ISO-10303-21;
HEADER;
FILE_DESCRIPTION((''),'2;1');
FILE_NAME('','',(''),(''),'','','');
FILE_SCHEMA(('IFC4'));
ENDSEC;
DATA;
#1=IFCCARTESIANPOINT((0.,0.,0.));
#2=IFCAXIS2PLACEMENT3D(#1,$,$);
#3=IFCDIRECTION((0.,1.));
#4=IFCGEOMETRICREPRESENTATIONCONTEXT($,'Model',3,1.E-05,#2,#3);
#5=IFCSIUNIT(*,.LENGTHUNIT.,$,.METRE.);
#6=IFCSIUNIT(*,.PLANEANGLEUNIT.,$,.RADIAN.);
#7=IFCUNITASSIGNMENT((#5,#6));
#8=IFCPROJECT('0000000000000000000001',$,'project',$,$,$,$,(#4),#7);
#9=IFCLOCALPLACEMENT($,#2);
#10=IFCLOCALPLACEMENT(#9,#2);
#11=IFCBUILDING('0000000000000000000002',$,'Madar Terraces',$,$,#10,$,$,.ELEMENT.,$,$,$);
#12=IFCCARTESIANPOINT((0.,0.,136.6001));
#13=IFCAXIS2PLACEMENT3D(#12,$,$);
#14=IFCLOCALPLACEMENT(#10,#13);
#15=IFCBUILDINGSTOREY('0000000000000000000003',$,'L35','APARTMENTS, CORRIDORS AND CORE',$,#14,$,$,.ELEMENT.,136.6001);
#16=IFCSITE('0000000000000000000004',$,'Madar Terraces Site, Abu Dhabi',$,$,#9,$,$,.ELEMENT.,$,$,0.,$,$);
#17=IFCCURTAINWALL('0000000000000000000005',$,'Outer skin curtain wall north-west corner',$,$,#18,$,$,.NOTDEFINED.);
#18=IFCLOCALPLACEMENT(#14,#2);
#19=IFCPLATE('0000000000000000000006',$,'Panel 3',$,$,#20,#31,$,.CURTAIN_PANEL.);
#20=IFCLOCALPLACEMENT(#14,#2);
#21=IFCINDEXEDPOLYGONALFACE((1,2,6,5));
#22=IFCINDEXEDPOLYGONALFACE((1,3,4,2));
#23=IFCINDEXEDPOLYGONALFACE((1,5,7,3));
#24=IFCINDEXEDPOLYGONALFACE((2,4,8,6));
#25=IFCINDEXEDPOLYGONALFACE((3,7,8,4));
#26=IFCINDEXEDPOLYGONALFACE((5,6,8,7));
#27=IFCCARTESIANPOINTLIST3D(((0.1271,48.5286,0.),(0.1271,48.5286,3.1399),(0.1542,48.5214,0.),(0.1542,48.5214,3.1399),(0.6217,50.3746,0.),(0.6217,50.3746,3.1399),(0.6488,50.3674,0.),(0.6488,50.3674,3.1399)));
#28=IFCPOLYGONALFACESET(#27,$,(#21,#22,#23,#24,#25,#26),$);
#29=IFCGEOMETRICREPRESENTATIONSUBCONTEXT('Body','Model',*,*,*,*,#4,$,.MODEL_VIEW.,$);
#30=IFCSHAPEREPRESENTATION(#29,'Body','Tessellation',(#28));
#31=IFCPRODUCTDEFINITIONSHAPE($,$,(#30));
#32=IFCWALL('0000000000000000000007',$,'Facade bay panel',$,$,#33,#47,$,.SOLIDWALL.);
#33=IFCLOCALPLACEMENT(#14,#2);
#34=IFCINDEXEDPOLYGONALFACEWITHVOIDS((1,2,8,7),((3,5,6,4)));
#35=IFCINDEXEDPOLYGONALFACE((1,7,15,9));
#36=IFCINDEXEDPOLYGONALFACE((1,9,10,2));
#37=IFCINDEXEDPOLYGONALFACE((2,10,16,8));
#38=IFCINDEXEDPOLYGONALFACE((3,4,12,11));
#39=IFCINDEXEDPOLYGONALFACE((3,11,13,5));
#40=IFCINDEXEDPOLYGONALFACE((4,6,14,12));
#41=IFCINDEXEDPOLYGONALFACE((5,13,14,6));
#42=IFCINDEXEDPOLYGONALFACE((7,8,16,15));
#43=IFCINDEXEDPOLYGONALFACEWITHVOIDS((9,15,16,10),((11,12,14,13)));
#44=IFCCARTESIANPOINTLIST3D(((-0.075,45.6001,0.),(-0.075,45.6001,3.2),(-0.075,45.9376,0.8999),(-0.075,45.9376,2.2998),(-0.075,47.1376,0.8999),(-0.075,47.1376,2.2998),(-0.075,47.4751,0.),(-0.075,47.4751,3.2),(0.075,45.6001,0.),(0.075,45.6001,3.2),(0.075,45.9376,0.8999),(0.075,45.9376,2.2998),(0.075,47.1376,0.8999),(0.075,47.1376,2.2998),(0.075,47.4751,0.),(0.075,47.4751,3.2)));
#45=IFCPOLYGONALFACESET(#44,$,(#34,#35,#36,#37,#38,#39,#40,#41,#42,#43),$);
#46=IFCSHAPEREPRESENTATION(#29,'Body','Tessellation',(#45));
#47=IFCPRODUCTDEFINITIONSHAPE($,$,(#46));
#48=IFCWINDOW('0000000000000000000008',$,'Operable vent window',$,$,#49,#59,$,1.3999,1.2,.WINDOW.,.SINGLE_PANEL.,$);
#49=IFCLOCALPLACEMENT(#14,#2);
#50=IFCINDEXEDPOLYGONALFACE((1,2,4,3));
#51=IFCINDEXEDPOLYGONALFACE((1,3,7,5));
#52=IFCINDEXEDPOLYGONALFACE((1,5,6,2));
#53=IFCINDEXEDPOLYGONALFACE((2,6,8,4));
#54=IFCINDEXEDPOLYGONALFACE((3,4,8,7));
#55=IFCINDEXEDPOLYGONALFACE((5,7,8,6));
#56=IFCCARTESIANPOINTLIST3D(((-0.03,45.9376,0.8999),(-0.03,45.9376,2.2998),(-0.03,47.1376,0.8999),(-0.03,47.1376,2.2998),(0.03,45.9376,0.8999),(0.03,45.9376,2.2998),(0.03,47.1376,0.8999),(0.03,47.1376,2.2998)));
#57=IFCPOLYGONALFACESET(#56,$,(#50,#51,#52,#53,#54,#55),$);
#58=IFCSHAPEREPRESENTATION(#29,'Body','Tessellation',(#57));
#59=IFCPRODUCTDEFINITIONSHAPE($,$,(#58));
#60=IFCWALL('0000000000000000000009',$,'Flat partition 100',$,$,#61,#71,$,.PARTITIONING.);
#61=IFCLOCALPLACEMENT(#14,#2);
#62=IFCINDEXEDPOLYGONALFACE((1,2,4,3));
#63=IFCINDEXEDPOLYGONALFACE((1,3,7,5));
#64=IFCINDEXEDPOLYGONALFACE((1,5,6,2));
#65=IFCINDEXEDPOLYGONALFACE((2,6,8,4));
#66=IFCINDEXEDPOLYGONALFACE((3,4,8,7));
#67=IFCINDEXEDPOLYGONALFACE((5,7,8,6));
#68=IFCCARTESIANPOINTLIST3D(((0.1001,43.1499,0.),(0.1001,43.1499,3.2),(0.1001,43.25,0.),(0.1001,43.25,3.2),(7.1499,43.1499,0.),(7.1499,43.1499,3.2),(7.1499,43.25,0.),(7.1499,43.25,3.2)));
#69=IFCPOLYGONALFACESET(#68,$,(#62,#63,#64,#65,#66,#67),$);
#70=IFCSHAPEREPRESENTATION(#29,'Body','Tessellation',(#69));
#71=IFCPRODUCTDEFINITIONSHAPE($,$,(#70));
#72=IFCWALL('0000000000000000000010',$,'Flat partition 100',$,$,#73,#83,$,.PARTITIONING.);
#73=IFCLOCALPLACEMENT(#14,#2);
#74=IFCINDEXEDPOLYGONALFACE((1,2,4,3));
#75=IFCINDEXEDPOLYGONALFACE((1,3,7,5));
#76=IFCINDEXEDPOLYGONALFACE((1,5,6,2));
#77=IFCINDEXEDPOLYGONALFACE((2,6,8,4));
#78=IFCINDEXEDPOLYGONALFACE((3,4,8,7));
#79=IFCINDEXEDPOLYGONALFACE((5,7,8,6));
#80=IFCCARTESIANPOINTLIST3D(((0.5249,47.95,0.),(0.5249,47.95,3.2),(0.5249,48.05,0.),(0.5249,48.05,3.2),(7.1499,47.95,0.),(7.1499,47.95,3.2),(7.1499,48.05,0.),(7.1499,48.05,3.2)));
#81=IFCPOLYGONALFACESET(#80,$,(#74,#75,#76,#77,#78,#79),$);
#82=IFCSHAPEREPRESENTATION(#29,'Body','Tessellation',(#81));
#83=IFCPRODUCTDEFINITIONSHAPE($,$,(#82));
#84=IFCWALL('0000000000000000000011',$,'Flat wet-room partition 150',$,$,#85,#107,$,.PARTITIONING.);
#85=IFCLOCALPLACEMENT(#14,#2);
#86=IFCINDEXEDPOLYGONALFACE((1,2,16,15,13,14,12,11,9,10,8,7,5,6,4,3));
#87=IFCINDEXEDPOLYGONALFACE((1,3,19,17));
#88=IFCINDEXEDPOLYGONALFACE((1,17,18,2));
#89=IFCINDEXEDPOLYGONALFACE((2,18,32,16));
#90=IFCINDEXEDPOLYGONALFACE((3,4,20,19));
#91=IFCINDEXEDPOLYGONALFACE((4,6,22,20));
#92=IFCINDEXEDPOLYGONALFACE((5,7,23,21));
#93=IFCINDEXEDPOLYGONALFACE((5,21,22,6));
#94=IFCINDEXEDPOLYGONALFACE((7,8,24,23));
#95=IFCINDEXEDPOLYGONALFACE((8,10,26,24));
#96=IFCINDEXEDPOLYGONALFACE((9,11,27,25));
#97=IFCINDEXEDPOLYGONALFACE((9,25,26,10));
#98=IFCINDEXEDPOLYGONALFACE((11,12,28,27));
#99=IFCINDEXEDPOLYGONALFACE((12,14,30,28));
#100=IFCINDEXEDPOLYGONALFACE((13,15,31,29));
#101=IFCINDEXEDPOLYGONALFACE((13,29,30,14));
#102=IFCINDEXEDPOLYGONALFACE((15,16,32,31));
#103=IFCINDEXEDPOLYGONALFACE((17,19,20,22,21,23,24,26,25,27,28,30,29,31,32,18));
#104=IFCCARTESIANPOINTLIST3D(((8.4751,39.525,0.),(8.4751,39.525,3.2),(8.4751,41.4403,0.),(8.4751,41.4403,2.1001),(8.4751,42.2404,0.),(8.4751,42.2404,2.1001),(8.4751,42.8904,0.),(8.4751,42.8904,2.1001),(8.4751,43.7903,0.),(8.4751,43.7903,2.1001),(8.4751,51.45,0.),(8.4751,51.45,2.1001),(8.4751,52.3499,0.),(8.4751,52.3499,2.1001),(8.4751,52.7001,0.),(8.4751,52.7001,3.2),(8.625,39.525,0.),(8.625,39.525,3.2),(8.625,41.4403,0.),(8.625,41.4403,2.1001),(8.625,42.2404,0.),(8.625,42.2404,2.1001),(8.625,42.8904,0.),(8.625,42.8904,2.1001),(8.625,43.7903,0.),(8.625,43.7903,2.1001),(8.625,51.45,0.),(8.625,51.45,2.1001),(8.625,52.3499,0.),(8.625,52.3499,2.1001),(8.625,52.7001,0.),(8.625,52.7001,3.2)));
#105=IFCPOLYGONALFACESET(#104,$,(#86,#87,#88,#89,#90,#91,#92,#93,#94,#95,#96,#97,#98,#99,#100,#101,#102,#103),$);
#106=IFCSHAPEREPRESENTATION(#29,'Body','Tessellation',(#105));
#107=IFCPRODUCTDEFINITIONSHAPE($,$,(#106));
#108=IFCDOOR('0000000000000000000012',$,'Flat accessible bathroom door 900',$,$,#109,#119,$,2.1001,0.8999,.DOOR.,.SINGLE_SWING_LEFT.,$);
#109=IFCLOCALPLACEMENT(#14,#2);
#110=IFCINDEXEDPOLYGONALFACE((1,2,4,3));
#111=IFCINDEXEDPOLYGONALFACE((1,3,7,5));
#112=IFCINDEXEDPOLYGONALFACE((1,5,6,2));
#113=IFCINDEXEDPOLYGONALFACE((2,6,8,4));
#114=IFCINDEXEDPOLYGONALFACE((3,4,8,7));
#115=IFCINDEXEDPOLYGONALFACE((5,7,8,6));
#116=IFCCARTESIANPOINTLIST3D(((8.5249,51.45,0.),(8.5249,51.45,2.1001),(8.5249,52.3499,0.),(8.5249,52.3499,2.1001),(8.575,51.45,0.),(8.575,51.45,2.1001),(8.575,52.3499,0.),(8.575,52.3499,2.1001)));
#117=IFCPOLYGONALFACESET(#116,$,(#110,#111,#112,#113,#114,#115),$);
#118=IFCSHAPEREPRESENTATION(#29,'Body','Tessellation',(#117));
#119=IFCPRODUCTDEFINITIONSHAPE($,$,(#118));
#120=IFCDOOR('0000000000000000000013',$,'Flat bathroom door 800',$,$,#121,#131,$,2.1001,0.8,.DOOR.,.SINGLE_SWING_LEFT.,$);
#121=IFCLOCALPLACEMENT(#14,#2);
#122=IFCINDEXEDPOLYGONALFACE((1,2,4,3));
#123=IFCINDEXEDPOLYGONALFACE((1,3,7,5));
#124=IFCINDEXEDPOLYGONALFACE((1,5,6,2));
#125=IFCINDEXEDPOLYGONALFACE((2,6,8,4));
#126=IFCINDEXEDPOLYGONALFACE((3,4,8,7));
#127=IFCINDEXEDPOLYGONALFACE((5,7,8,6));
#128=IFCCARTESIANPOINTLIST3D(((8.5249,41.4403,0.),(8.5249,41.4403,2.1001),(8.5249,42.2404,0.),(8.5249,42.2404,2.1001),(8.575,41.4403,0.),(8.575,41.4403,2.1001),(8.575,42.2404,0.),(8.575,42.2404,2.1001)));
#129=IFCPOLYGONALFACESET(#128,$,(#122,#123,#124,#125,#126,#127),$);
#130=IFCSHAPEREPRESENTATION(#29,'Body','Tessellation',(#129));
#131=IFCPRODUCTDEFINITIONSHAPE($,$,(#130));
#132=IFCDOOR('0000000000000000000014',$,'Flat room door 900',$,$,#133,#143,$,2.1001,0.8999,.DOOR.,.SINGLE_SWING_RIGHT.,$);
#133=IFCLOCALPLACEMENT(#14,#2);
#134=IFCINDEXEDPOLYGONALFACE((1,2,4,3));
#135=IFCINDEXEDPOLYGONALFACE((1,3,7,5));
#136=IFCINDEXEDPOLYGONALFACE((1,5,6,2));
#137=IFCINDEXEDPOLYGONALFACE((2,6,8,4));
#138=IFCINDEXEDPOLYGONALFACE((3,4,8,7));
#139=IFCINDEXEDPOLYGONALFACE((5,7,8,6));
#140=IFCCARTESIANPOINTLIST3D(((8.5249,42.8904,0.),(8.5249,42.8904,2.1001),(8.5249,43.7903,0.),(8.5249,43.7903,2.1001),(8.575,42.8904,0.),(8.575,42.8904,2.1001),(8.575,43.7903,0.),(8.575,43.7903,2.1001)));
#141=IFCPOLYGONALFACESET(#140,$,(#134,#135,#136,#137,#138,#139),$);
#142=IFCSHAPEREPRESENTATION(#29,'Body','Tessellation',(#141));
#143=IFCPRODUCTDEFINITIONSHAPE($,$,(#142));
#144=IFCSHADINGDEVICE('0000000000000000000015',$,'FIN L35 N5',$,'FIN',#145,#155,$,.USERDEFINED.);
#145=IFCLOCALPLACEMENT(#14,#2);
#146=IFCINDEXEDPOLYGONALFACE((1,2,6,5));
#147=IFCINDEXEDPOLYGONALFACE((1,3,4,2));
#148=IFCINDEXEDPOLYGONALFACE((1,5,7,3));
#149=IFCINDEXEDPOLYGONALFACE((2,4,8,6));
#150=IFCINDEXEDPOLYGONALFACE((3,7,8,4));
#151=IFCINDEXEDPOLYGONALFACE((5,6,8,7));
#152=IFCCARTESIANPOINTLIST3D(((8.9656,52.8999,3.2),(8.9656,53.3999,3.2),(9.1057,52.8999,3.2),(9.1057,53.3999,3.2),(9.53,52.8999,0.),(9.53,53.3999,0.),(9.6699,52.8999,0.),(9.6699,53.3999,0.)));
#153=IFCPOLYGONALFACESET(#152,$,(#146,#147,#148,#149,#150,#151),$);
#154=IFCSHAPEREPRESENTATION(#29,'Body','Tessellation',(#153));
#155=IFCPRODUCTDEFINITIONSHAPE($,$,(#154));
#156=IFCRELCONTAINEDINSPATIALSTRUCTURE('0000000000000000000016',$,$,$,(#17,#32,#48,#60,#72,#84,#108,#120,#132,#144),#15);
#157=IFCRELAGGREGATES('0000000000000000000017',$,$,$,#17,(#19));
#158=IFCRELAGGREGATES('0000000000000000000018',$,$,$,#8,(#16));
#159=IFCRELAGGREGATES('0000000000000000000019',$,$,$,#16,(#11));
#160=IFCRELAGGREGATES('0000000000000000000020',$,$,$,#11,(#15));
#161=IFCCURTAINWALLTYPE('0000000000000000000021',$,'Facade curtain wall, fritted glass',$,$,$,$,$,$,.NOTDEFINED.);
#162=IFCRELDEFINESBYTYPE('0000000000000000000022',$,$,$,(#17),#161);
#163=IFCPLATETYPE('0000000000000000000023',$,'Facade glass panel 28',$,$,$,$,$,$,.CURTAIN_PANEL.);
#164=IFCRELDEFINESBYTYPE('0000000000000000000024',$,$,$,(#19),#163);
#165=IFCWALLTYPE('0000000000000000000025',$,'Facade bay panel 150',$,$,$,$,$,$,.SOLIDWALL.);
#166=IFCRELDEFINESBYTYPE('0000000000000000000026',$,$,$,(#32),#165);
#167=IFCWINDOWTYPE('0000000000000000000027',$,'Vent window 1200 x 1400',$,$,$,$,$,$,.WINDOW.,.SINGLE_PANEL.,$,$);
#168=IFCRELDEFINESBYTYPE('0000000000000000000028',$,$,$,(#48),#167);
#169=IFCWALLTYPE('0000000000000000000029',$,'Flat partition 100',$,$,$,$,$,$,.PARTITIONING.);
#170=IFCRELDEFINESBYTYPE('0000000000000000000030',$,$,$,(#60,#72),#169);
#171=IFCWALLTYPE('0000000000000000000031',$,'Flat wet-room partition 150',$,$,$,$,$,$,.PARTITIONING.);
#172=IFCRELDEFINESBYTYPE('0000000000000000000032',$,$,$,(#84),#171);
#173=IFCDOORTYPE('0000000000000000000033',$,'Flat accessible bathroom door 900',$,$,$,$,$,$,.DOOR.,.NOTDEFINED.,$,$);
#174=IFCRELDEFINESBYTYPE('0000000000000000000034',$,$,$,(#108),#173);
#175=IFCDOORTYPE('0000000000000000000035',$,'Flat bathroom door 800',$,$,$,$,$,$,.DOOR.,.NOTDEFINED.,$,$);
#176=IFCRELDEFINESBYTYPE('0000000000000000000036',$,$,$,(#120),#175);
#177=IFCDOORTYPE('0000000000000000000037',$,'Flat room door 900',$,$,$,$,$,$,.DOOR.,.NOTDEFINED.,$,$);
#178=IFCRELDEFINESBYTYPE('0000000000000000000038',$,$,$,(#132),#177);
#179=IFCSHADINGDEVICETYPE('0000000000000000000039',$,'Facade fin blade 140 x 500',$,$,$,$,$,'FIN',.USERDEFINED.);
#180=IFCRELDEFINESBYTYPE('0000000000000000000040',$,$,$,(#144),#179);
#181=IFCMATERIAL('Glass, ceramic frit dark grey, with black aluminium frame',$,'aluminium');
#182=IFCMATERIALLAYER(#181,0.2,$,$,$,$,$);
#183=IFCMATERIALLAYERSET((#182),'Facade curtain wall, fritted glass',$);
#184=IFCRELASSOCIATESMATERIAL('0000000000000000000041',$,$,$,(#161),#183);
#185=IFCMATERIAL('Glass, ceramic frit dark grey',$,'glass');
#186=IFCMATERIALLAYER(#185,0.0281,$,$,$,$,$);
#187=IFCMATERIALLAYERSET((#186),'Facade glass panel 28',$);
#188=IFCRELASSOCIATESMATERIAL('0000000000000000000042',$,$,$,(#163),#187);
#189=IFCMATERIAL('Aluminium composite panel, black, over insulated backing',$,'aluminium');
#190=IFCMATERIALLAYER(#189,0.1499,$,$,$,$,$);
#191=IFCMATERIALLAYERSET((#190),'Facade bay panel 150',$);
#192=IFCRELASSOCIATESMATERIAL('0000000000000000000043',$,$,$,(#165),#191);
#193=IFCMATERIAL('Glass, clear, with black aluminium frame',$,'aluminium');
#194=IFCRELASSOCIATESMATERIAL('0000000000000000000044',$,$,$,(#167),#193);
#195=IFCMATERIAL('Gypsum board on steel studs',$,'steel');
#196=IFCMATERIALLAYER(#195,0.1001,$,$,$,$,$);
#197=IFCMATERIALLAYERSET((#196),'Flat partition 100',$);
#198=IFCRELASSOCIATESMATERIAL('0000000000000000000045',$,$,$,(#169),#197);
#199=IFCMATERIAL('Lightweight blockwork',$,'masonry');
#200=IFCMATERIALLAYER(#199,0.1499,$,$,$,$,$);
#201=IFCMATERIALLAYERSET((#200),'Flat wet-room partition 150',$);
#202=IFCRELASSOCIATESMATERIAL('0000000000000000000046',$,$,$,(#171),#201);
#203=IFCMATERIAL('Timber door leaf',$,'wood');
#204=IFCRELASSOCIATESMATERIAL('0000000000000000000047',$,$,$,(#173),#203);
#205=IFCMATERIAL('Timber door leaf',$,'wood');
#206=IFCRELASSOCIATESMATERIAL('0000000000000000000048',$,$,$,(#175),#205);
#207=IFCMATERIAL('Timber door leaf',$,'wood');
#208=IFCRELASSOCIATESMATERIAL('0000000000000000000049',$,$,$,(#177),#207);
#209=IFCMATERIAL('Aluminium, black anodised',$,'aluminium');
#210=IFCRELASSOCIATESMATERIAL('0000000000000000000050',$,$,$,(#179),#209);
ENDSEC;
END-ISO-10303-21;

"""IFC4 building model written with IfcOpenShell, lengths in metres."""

from ifc_helpers import new_model, si_unit, direction, frame, frame_2d, origin, origin_2d, place, context, subcontext, project, spatial, polyline, rectangle, outline, extrude, material, layer, layer_set, type_object, element, fill, aggregate, save


model = new_model("IFC4")

# Units and contexts
model_context = context("Model", 3, precision=1e-05, world=origin(), true_north=direction((0.0, 1.0)))
body_context = subcontext(model_context, "Body", "Model", "MODEL_VIEW")
ifc_project = project(units=[si_unit("LENGTHUNIT", "METRE"), si_unit("PLANEANGLEUNIT", "RADIAN")], contexts=[model_context])

# Site, building, storey
site_placement = place(None, origin())
site = spatial("IfcSite", under=ifc_project, at=site_placement, Name="Madar Terraces Site, Abu Dhabi", CompositionType="ELEMENT", RefElevation=0.0)
building_placement = place(site_placement, origin())
building = spatial("IfcBuilding", under=site, at=building_placement, Name="Madar Terraces", CompositionType="ELEMENT")
storey_placement = place(building_placement, frame((0.0, 0.0, 136.6001)))
storey = spatial("IfcBuildingStorey", under=building, at=storey_placement, Name="L35", Description="APARTMENTS, CORRIDORS AND CORE", CompositionType="ELEMENT", Elevation=136.6001)

# Shared definitions
ifc_material_1 = material(Name="Glass, ceramic frit dark grey, with black aluminium frame", Category="aluminium")
ifc_layer_1 = layer(ifc_material_1, 0.2)
ifc_layer_set_1 = layer_set([ifc_layer_1], Name="Facade curtain wall, fritted glass")
curtain_wall_type = type_object("IfcCurtainWallType", Name="Facade curtain wall, fritted glass", PredefinedType="NOTDEFINED", material=ifc_layer_set_1)

# Curtain wall
curtain_wall_1_placement = place(storey_placement, origin())
curtain_wall_1 = element("IfcCurtainWall", 1, at=curtain_wall_1_placement, inside=storey, type_object=curtain_wall_type, Name="Outer skin curtain wall north-west corner", PredefinedType="NOTDEFINED")

# Plate
ifc_material_2 = material(Name="Glass, ceramic frit dark grey", Category="glass")
ifc_layer_2 = layer(ifc_material_2, 0.0281)
ifc_layer_set_2 = layer_set([ifc_layer_2], Name="Facade glass panel 28")
plate_type = type_object("IfcPlateType", Name="Facade glass panel 28", PredefinedType="CURTAIN_PANEL", material=ifc_layer_set_2)
plate_1_placement = place(storey_placement, frame((0.3879, 49.448, 0.0), z_axis=(0.0, 0.0, 1.0), x_axis=(-0.258819, -0.965926, 0.0)))
plate_1 = element("IfcPlate", 2, at=plate_1_placement, type_object=plate_type, Name="Panel 3", PredefinedType="CURTAIN_PANEL", context=body_context, shape_type="SweptSolid", body=[
    extrude(rectangle(XDim=1.9111, YDim=0.0281, at=origin_2d()), origin(), (0.0, 0.0, 1.0), 3.1399),
])
aggregate(curtain_wall_1, [plate_1])

# Wall, opening, window
ifc_material_3 = material(Name="Aluminium composite panel, black, over insulated backing", Category="aluminium")
ifc_layer_3 = layer(ifc_material_3, 0.1499)
ifc_layer_set_3 = layer_set([ifc_layer_3], Name="Facade bay panel 150")
wall_type_1 = type_object("IfcWallType", Name="Facade bay panel 150", PredefinedType="SOLIDWALL", material=ifc_layer_set_3)
wall_1_placement = place(storey_placement, frame((0.0, 47.4751, 0.0), z_axis=(0.0, 0.0, 1.0), x_axis=(0.0, -1.0, 0.0)))
wall_1 = element("IfcWall", 3, at=wall_1_placement, inside=storey, type_object=wall_type_1, Name="Facade bay panel", PredefinedType="SOLIDWALL", context=body_context, shape_type="SweptSolid", body=[
    extrude(rectangle(XDim=1.875, YDim=0.1499, at=frame_2d((0.9375, 0.0))), origin(), (0.0, 0.0, 1.0), 3.2),
])
opening_1_placement = place(wall_1_placement, frame((0.3374, 0.0, 0.8999)))
opening_1 = element("IfcOpeningElement", 4, at=opening_1_placement, cuts=wall_1, PredefinedType="OPENING", context=body_context, shape_type="SweptSolid", body=[
    extrude(rectangle(XDim=1.2, YDim=1.3999, at=frame_2d((0.6001, 0.7))), frame((0.0, 0.085, 0.0), z_axis=(0.0, -1.0, 0.0), x_axis=(1.0, 0.0, 0.0)), (0.0, 0.0, 1.0), 0.1699),
])
ifc_material_4 = material(Name="Glass, clear, with black aluminium frame", Category="aluminium")
window_type = type_object("IfcWindowType", Name="Vent window 1200 x 1400", PartitioningType="SINGLE_PANEL", PredefinedType="WINDOW", material=ifc_material_4)
window_placement = place(opening_1_placement, origin())
window = element("IfcWindow", 5, at=window_placement, inside=storey, type_object=window_type, Name="Operable vent window", OverallHeight=1.3999, OverallWidth=1.2, PartitioningType="SINGLE_PANEL", PredefinedType="WINDOW", context=body_context, shape_type="SweptSolid", body=[
    extrude(rectangle(XDim=1.2, YDim=1.3999, at=frame_2d((0.6001, 0.7))), frame((0.0, 0.03, 0.0), z_axis=(0.0, -1.0, 0.0), x_axis=(1.0, 0.0, 0.0)), (0.0, 0.0, 1.0), 0.0601),
])
fill(opening_1, window)

# Walls
ifc_material_5 = material(Name="Gypsum board on steel studs", Category="steel")
ifc_layer_4 = layer(ifc_material_5, 0.1001)
ifc_layer_set_4 = layer_set([ifc_layer_4], Name="Flat partition 100")
wall_type_2 = type_object("IfcWallType", Name="Flat partition 100", PredefinedType="PARTITIONING", material=ifc_layer_set_4)
wall_2_placement = place(storey_placement, frame((7.1499, 43.2, 0.0), z_axis=(0.0, 0.0, 1.0), x_axis=(-1.0, 0.0, 0.0)))
element("IfcWall", 6, at=wall_2_placement, inside=storey, type_object=wall_type_2, Name="Flat partition 100", PredefinedType="PARTITIONING", context=body_context, shape_type="SweptSolid", body=[
    extrude(rectangle(XDim=7.0498, YDim=0.1001, at=frame_2d((3.5249, 0.0))), origin(), (0.0, 0.0, 1.0), 3.2),
])
wall_3_placement = place(storey_placement, frame((7.1499, 48.0, 0.0), z_axis=(0.0, 0.0, 1.0), x_axis=(-1.0, 0.0, 0.0)))
element("IfcWall", 7, at=wall_3_placement, inside=storey, type_object=wall_type_2, Name="Flat partition 100", PredefinedType="PARTITIONING", context=body_context, shape_type="SweptSolid", body=[
    extrude(rectangle(XDim=6.625, YDim=0.1001, at=frame_2d((3.3125, 0.0))), origin(), (0.0, 0.0, 1.0), 3.2),
])

# Wall, openings, doors
ifc_material_6 = material(Name="Lightweight blockwork", Category="masonry")
ifc_layer_5 = layer(ifc_material_6, 0.1499)
ifc_layer_set_5 = layer_set([ifc_layer_5], Name="Flat wet-room partition 150")
wall_type_3 = type_object("IfcWallType", Name="Flat wet-room partition 150", PredefinedType="PARTITIONING", material=ifc_layer_set_5)
wall_4_placement = place(storey_placement, frame((8.55, 52.7, 0.0), z_axis=(0.0, 0.0, 1.0), x_axis=(0.0, -1.0, 0.0)))
wall_4 = element("IfcWall", 8, at=wall_4_placement, inside=storey, type_object=wall_type_3, Name="Flat wet-room partition 150", PredefinedType="PARTITIONING", context=body_context, shape_type="SweptSolid", body=[
    extrude(rectangle(XDim=13.175, YDim=0.1499, at=frame_2d((6.5874, 0.0))), origin(), (0.0, 0.0, 1.0), 3.2),
])
opening_2_placement = place(wall_4_placement, frame((10.4597, 0.0, 0.0)))
opening_2 = element("IfcOpeningElement", 9, at=opening_2_placement, cuts=wall_4, PredefinedType="OPENING", context=body_context, shape_type="SweptSolid", body=[
    extrude(rectangle(XDim=0.8, YDim=2.1001, at=frame_2d((0.3999, 1.05))), frame((0.0, 0.085, 0.0), z_axis=(0.0, -1.0, 0.0), x_axis=(1.0, 0.0, 0.0)), (0.0, 0.0, 1.0), 0.1699),
])
opening_3_placement = place(wall_4_placement, frame((8.9097, 0.0, 0.0)))
opening_3 = element("IfcOpeningElement", 10, at=opening_3_placement, cuts=wall_4, PredefinedType="OPENING", context=body_context, shape_type="SweptSolid", body=[
    extrude(rectangle(XDim=0.8999, YDim=2.1001, at=frame_2d((0.45, 1.05))), frame((0.0, 0.085, 0.0), z_axis=(0.0, -1.0, 0.0), x_axis=(1.0, 0.0, 0.0)), (0.0, 0.0, 1.0), 0.1699),
])
opening_4_placement = place(wall_4_placement, frame((0.3501, 0.0, 0.0)))
opening_4 = element("IfcOpeningElement", 11, at=opening_4_placement, cuts=wall_4, PredefinedType="OPENING", context=body_context, shape_type="SweptSolid", body=[
    extrude(rectangle(XDim=0.8999, YDim=2.1001, at=frame_2d((0.45, 1.05))), frame((0.0, 0.085, 0.0), z_axis=(0.0, -1.0, 0.0), x_axis=(1.0, 0.0, 0.0)), (0.0, 0.0, 1.0), 0.1699),
])
ifc_material_7 = material(Name="Timber door leaf", Category="wood")
door_type_1 = type_object("IfcDoorType", Name="Flat accessible bathroom door 900", OperationType="NOTDEFINED", PredefinedType="DOOR", material=ifc_material_7)
door_1_placement = place(opening_4_placement, origin())
door_1 = element("IfcDoor", 12, at=door_1_placement, inside=storey, type_object=door_type_1, Name="Flat accessible bathroom door 900", OperationType="SINGLE_SWING_LEFT", OverallHeight=2.1001, OverallWidth=0.8999, PredefinedType="DOOR", context=body_context, shape_type="SweptSolid", body=[
    extrude(rectangle(XDim=0.8999, YDim=2.1001, at=frame_2d((0.45, 1.05))), frame((0.0, 0.0249, 0.0), z_axis=(0.0, -1.0, 0.0), x_axis=(1.0, 0.0, 0.0)), (0.0, 0.0, 1.0), 0.05),
])
fill(opening_4, door_1)
ifc_material_8 = material(Name="Timber door leaf", Category="wood")
door_type_2 = type_object("IfcDoorType", Name="Flat bathroom door 800", OperationType="NOTDEFINED", PredefinedType="DOOR", material=ifc_material_8)
door_2_placement = place(opening_2_placement, origin())
door_2 = element("IfcDoor", 13, at=door_2_placement, inside=storey, type_object=door_type_2, Name="Flat bathroom door 800", OperationType="SINGLE_SWING_LEFT", OverallHeight=2.1001, OverallWidth=0.8, PredefinedType="DOOR", context=body_context, shape_type="SweptSolid", body=[
    extrude(rectangle(XDim=0.8, YDim=2.1001, at=frame_2d((0.3999, 1.05))), frame((0.0, 0.0249, 0.0), z_axis=(0.0, -1.0, 0.0), x_axis=(1.0, 0.0, 0.0)), (0.0, 0.0, 1.0), 0.05),
])
fill(opening_2, door_2)
ifc_material_9 = material(Name="Timber door leaf", Category="wood")
door_type_3 = type_object("IfcDoorType", Name="Flat room door 900", OperationType="NOTDEFINED", PredefinedType="DOOR", material=ifc_material_9)
door_3_placement = place(opening_3_placement, origin())
door_3 = element("IfcDoor", 14, at=door_3_placement, inside=storey, type_object=door_type_3, Name="Flat room door 900", OperationType="SINGLE_SWING_RIGHT", OverallHeight=2.1001, OverallWidth=0.8999, PredefinedType="DOOR", context=body_context, shape_type="SweptSolid", body=[
    extrude(rectangle(XDim=0.8999, YDim=2.1001, at=frame_2d((0.45, 1.05))), frame((0.0, 0.0249, 0.0), z_axis=(0.0, -1.0, 0.0), x_axis=(1.0, 0.0, 0.0)), (0.0, 0.0, 1.0), 0.05),
])
fill(opening_3, door_3)

# Shading device
ifc_material_10 = material(Name="Aluminium, black anodised", Category="aluminium")
shading_device_type = type_object("IfcShadingDeviceType", Name="Facade fin blade 140 x 500", ElementType="FIN", PredefinedType="USERDEFINED", material=ifc_material_10)
shading_device_1_placement = place(storey_placement, frame((9.6699, 53.1499, 0.0), z_axis=(0.0, 0.0, 1.0), x_axis=(-1.0, 0.0, 0.0)))
element("IfcShadingDevice", 15, at=shading_device_1_placement, inside=storey, type_object=shading_device_type, Name="FIN L35 N5", ObjectType="FIN", PredefinedType="USERDEFINED", context=body_context, shape_type="SweptSolid", body=[
    extrude(outline(polyline([(0.0, 0.0), (0.1399, 0.0), (0.7043, 3.2), (0.5642, 3.2), (0.0, 0.0)])), frame((0.0, 0.25, 0.0), z_axis=(0.0, -1.0, 0.0), x_axis=(1.0, 0.0, 0.0)), (0.0, 0.0, 1.0), 0.5),
])

save(model, "model.ifc")
